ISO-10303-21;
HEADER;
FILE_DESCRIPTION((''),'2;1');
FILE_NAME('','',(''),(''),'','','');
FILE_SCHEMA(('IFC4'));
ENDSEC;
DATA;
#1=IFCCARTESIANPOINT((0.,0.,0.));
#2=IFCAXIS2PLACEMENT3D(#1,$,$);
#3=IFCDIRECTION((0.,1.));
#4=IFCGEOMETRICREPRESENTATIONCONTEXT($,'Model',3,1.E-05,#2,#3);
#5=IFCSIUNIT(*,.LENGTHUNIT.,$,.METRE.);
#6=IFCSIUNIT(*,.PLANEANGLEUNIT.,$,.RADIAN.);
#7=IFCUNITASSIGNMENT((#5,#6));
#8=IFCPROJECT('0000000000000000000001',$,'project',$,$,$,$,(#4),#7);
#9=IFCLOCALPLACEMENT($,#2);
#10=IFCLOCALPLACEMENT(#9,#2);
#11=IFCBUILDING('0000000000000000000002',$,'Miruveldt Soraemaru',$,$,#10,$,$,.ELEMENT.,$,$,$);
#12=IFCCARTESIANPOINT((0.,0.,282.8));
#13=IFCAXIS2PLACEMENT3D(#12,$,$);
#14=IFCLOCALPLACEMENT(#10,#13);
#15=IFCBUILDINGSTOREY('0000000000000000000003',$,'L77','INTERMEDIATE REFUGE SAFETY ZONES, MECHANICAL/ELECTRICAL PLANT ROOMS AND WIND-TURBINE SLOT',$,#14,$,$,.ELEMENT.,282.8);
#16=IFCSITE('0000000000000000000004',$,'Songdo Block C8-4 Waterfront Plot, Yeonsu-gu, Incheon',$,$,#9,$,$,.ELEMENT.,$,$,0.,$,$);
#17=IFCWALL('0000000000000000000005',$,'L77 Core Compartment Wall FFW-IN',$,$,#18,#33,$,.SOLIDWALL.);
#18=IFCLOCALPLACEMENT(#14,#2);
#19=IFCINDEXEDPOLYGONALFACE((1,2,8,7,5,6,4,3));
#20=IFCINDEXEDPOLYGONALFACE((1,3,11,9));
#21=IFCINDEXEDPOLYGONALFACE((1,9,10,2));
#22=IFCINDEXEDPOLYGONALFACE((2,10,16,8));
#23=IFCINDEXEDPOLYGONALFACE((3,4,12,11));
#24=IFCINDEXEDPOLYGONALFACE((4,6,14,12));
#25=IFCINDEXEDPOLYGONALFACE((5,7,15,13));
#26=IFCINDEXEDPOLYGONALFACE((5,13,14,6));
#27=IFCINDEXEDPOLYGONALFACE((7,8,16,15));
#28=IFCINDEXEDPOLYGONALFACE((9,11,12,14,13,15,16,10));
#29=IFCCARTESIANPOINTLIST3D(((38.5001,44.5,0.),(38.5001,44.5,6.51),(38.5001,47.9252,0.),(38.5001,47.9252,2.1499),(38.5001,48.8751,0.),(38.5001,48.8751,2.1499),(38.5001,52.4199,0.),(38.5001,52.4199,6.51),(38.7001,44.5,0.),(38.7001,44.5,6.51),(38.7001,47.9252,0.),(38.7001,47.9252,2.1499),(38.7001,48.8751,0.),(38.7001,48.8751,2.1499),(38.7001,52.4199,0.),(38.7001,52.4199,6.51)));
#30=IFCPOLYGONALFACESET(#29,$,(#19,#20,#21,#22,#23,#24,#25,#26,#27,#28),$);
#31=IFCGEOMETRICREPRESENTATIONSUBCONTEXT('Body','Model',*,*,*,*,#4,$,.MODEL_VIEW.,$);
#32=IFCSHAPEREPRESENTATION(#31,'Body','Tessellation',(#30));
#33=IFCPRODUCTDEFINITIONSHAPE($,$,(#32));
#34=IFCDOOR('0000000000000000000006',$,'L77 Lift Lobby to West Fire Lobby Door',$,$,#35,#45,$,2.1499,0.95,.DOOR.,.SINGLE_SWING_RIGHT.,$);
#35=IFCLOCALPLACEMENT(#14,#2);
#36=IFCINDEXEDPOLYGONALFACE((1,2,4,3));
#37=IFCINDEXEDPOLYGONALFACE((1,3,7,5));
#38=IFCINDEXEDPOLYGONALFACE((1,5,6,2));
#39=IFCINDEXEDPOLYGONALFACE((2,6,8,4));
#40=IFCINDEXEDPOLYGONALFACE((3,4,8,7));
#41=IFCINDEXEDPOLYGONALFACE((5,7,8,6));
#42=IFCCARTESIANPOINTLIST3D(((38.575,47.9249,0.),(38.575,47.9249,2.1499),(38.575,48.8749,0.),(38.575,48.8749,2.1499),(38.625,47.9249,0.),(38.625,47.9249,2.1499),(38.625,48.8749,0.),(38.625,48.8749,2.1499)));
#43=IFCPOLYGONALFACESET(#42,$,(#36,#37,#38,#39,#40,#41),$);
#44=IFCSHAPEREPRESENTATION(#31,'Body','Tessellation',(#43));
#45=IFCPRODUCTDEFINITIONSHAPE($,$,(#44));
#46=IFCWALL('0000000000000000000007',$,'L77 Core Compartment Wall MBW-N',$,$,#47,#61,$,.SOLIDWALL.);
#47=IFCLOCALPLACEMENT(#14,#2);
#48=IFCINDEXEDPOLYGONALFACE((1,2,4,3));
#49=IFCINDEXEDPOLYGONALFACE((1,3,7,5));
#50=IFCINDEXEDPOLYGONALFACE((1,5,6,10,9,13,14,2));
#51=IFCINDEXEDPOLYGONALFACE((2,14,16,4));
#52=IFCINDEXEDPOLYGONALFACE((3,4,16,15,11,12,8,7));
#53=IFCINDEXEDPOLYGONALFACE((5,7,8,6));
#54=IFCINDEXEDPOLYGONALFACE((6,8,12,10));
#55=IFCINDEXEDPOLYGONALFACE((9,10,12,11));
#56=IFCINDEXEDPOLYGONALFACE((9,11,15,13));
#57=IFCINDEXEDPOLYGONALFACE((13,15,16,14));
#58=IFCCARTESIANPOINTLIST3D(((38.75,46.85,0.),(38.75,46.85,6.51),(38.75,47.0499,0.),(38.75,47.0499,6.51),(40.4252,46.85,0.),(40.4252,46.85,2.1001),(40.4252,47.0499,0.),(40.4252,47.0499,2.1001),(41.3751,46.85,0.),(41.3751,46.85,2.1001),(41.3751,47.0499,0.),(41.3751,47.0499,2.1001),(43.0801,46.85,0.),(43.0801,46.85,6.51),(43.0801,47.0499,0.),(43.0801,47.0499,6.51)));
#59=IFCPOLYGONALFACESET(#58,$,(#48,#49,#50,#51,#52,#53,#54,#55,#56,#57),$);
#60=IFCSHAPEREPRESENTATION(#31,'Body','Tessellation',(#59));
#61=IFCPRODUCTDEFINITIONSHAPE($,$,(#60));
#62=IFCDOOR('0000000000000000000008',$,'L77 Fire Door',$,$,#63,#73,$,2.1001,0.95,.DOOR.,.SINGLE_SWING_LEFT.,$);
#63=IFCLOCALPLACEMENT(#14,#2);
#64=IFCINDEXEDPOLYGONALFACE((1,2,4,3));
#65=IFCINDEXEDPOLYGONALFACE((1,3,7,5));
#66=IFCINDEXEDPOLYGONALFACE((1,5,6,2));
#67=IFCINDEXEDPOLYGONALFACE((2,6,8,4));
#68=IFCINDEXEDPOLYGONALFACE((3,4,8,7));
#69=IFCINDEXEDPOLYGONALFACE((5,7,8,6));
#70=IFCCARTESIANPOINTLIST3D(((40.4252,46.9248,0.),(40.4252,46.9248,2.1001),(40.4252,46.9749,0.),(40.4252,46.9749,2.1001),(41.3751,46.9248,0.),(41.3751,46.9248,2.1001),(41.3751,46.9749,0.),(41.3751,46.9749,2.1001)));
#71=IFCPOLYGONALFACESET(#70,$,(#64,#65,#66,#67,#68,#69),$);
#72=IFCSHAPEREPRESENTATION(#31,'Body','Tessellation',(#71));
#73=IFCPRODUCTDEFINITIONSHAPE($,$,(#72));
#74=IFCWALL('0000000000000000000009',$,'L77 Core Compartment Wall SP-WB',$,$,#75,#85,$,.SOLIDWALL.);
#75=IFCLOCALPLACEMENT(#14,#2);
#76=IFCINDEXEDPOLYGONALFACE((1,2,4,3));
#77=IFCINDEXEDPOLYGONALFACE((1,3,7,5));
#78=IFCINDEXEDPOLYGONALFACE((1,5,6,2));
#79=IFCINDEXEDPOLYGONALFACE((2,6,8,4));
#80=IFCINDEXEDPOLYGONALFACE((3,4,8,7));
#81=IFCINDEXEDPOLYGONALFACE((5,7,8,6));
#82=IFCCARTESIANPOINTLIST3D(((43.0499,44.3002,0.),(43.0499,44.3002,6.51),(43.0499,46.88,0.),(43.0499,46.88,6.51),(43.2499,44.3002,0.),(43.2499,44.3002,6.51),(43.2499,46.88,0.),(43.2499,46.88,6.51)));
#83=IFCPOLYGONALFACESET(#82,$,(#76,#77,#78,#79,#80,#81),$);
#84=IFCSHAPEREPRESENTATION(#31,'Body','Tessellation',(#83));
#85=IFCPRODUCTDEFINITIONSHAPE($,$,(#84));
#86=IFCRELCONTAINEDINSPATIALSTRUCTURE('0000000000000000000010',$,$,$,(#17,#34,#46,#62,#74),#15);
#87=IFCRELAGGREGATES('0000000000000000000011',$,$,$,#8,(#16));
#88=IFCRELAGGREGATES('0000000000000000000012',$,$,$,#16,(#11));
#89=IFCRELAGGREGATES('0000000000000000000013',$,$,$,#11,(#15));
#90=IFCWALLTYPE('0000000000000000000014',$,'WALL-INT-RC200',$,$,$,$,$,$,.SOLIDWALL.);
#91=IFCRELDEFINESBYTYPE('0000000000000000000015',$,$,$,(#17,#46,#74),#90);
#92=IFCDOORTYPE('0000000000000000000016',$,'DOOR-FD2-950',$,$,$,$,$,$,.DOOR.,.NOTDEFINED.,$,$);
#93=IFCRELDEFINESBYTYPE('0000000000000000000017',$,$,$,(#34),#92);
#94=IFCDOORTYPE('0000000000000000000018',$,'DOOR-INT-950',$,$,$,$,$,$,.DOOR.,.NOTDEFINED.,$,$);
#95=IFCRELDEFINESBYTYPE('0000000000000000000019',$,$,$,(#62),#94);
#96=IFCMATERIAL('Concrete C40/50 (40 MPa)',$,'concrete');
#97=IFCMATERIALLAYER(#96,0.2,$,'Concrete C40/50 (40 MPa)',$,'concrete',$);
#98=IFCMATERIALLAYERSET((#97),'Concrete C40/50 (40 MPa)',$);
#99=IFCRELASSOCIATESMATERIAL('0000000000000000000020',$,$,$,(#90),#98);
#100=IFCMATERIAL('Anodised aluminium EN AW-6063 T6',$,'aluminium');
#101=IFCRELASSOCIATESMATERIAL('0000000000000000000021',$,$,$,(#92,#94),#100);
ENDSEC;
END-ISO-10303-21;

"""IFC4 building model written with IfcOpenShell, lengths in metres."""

from ifc_helpers import new_model, si_unit, direction, frame, frame_2d, origin, place, context, subcontext, project, spatial, rectangle, extrude, material, layer, layer_set, type_object, element, fill, save


model = new_model("IFC4")

# Units and contexts
model_context = context("Model", 3, precision=1e-05, world=origin(), true_north=direction((0.0, 1.0)))
body_context = subcontext(model_context, "Body", "Model", "MODEL_VIEW")
ifc_project = project(units=[si_unit("LENGTHUNIT", "METRE"), si_unit("PLANEANGLEUNIT", "RADIAN")], contexts=[model_context])

# Site, building, storey
site_placement = place(None, origin())
site = spatial("IfcSite", under=ifc_project, at=site_placement, Name="Songdo Block C8-4 Waterfront Plot, Yeonsu-gu, Incheon", CompositionType="ELEMENT", RefElevation=0.0)
building_placement = place(site_placement, origin())
building = spatial("IfcBuilding", under=site, at=building_placement, Name="Miruveldt Soraemaru", CompositionType="ELEMENT")
storey_placement = place(building_placement, frame((0.0, 0.0, 282.8)))
storey = spatial("IfcBuildingStorey", under=building, at=storey_placement, Name="L77", Description="INTERMEDIATE REFUGE SAFETY ZONES, MECHANICAL/ELECTRICAL PLANT ROOMS AND WIND-TURBINE SLOT", CompositionType="ELEMENT", Elevation=282.8)

# Shared definitions
ifc_material_1 = material(Name="Concrete C40/50 (40 MPa)", Category="concrete")

# Wall, opening, door
ifc_layer_1 = layer(ifc_material_1, 0.2, Name="Concrete C40/50 (40 MPa)", Category="concrete")
ifc_layer_set_1 = layer_set([ifc_layer_1], Name="Concrete C40/50 (40 MPa)")
wall_type_1 = type_object("IfcWallType", Name="WALL-INT-RC200", PredefinedType="SOLIDWALL", material=ifc_layer_set_1)
wall_1_placement = place(storey_placement, frame((38.6001, 44.5, 0.0), z_axis=(0.0, 0.0, 1.0), x_axis=(0.0, 1.0, 0.0)))
wall_1 = element("IfcWall", 1, at=wall_1_placement, inside=storey, type_object=wall_type_1, Name="L77 Core Compartment Wall FFW-IN", PredefinedType="SOLIDWALL", context=body_context, shape_type="SweptSolid", body=[
    extrude(rectangle(XDim=7.9199, YDim=0.2, at=frame_2d((3.96, 0.0))), origin(), (0.0, 0.0, 1.0), 6.51),
])
opening_1_placement = place(wall_1_placement, frame((3.425, 0.0, 0.0)))
opening_1 = element("IfcOpeningElement", 2, at=opening_1_placement, cuts=wall_1, PredefinedType="OPENING", context=body_context, shape_type="SweptSolid", body=[
    extrude(rectangle(XDim=0.95, YDim=2.1499, at=frame_2d((0.4751, 1.075))), frame((0.0, 0.1099, 0.0), z_axis=(0.0, -1.0, 0.0), x_axis=(1.0, 0.0, 0.0)), (0.0, 0.0, 1.0), 0.22),
])
ifc_material_2 = material(Name="Anodised aluminium EN AW-6063 T6", Category="aluminium")
door_type_1 = type_object("IfcDoorType", Name="DOOR-FD2-950", OperationType="NOTDEFINED", PredefinedType="DOOR", material=ifc_material_2)
door_1_placement = place(opening_1_placement, frame((0.95, 0.0, 0.0), z_axis=(0.0, 0.0, 1.0), x_axis=(-1.0, 0.0, 0.0)))
door_1 = element("IfcDoor", 3, at=door_1_placement, inside=storey, type_object=door_type_1, Name="L77 Lift Lobby to West Fire Lobby Door", OperationType="SINGLE_SWING_RIGHT", OverallHeight=2.1499, OverallWidth=0.95, PredefinedType="DOOR", context=body_context, shape_type="SweptSolid", body=[
    extrude(rectangle(XDim=0.95, YDim=2.1499, at=frame_2d((0.4751, 1.075))), frame((0.0, 0.0249, 0.0), z_axis=(0.0, -1.0, 0.0), x_axis=(1.0, 0.0, 0.0)), (0.0, 0.0, 1.0), 0.05),
])
fill(opening_1, door_1)

# Wall, opening, door
wall_2_placement = place(storey_placement, frame((38.75, 46.95, 0.0), z_axis=(0.0, 0.0, 1.0), x_axis=(1.0, 0.0, 0.0)))
wall_2 = element("IfcWall", 4, at=wall_2_placement, inside=storey, type_object=wall_type_1, Name="L77 Core Compartment Wall MBW-N", PredefinedType="SOLIDWALL", context=body_context, shape_type="SweptSolid", body=[
    extrude(rectangle(XDim=4.3301, YDim=0.2, at=frame_2d((2.165, 0.0))), origin(), (0.0, 0.0, 1.0), 6.51),
])
opening_2_placement = place(wall_2_placement, frame((1.675, 0.0, 0.0)))
opening_2 = element("IfcOpeningElement", 5, at=opening_2_placement, cuts=wall_2, PredefinedType="OPENING", context=body_context, shape_type="SweptSolid", body=[
    extrude(rectangle(XDim=0.95, YDim=2.1001, at=frame_2d((0.4751, 1.05))), frame((0.0, 0.1099, 0.0), z_axis=(0.0, -1.0, 0.0), x_axis=(1.0, 0.0, 0.0)), (0.0, 0.0, 1.0), 0.22),
])
door_type_2 = type_object("IfcDoorType", Name="DOOR-INT-950", OperationType="NOTDEFINED", PredefinedType="DOOR", material=ifc_material_2)
door_2_placement = place(opening_2_placement, origin())
door_2 = element("IfcDoor", 6, at=door_2_placement, inside=storey, type_object=door_type_2, Name="L77 Fire Door", OperationType="SINGLE_SWING_LEFT", OverallHeight=2.1001, OverallWidth=0.95, PredefinedType="DOOR", context=body_context, shape_type="SweptSolid", body=[
    extrude(rectangle(XDim=0.95, YDim=2.1001, at=frame_2d((0.4751, 1.05))), frame((0.0, 0.0249, 0.0), z_axis=(0.0, -1.0, 0.0), x_axis=(1.0, 0.0, 0.0)), (0.0, 0.0, 1.0), 0.05),
])
fill(opening_2, door_2)

# Wall
wall_3_placement = place(storey_placement, frame((43.1499, 44.3, 0.0), z_axis=(0.0, 0.0, 1.0), x_axis=(0.0, 1.0, 0.0)))
element("IfcWall", 7, at=wall_3_placement, inside=storey, type_object=wall_type_1, Name="L77 Core Compartment Wall SP-WB", PredefinedType="SOLIDWALL", context=body_context, shape_type="SweptSolid", body=[
    extrude(rectangle(XDim=2.5798, YDim=0.2, at=frame_2d((1.29, 0.0))), origin(), (0.0, 0.0, 1.0), 6.51),
])

save(model, "model.ifc")
